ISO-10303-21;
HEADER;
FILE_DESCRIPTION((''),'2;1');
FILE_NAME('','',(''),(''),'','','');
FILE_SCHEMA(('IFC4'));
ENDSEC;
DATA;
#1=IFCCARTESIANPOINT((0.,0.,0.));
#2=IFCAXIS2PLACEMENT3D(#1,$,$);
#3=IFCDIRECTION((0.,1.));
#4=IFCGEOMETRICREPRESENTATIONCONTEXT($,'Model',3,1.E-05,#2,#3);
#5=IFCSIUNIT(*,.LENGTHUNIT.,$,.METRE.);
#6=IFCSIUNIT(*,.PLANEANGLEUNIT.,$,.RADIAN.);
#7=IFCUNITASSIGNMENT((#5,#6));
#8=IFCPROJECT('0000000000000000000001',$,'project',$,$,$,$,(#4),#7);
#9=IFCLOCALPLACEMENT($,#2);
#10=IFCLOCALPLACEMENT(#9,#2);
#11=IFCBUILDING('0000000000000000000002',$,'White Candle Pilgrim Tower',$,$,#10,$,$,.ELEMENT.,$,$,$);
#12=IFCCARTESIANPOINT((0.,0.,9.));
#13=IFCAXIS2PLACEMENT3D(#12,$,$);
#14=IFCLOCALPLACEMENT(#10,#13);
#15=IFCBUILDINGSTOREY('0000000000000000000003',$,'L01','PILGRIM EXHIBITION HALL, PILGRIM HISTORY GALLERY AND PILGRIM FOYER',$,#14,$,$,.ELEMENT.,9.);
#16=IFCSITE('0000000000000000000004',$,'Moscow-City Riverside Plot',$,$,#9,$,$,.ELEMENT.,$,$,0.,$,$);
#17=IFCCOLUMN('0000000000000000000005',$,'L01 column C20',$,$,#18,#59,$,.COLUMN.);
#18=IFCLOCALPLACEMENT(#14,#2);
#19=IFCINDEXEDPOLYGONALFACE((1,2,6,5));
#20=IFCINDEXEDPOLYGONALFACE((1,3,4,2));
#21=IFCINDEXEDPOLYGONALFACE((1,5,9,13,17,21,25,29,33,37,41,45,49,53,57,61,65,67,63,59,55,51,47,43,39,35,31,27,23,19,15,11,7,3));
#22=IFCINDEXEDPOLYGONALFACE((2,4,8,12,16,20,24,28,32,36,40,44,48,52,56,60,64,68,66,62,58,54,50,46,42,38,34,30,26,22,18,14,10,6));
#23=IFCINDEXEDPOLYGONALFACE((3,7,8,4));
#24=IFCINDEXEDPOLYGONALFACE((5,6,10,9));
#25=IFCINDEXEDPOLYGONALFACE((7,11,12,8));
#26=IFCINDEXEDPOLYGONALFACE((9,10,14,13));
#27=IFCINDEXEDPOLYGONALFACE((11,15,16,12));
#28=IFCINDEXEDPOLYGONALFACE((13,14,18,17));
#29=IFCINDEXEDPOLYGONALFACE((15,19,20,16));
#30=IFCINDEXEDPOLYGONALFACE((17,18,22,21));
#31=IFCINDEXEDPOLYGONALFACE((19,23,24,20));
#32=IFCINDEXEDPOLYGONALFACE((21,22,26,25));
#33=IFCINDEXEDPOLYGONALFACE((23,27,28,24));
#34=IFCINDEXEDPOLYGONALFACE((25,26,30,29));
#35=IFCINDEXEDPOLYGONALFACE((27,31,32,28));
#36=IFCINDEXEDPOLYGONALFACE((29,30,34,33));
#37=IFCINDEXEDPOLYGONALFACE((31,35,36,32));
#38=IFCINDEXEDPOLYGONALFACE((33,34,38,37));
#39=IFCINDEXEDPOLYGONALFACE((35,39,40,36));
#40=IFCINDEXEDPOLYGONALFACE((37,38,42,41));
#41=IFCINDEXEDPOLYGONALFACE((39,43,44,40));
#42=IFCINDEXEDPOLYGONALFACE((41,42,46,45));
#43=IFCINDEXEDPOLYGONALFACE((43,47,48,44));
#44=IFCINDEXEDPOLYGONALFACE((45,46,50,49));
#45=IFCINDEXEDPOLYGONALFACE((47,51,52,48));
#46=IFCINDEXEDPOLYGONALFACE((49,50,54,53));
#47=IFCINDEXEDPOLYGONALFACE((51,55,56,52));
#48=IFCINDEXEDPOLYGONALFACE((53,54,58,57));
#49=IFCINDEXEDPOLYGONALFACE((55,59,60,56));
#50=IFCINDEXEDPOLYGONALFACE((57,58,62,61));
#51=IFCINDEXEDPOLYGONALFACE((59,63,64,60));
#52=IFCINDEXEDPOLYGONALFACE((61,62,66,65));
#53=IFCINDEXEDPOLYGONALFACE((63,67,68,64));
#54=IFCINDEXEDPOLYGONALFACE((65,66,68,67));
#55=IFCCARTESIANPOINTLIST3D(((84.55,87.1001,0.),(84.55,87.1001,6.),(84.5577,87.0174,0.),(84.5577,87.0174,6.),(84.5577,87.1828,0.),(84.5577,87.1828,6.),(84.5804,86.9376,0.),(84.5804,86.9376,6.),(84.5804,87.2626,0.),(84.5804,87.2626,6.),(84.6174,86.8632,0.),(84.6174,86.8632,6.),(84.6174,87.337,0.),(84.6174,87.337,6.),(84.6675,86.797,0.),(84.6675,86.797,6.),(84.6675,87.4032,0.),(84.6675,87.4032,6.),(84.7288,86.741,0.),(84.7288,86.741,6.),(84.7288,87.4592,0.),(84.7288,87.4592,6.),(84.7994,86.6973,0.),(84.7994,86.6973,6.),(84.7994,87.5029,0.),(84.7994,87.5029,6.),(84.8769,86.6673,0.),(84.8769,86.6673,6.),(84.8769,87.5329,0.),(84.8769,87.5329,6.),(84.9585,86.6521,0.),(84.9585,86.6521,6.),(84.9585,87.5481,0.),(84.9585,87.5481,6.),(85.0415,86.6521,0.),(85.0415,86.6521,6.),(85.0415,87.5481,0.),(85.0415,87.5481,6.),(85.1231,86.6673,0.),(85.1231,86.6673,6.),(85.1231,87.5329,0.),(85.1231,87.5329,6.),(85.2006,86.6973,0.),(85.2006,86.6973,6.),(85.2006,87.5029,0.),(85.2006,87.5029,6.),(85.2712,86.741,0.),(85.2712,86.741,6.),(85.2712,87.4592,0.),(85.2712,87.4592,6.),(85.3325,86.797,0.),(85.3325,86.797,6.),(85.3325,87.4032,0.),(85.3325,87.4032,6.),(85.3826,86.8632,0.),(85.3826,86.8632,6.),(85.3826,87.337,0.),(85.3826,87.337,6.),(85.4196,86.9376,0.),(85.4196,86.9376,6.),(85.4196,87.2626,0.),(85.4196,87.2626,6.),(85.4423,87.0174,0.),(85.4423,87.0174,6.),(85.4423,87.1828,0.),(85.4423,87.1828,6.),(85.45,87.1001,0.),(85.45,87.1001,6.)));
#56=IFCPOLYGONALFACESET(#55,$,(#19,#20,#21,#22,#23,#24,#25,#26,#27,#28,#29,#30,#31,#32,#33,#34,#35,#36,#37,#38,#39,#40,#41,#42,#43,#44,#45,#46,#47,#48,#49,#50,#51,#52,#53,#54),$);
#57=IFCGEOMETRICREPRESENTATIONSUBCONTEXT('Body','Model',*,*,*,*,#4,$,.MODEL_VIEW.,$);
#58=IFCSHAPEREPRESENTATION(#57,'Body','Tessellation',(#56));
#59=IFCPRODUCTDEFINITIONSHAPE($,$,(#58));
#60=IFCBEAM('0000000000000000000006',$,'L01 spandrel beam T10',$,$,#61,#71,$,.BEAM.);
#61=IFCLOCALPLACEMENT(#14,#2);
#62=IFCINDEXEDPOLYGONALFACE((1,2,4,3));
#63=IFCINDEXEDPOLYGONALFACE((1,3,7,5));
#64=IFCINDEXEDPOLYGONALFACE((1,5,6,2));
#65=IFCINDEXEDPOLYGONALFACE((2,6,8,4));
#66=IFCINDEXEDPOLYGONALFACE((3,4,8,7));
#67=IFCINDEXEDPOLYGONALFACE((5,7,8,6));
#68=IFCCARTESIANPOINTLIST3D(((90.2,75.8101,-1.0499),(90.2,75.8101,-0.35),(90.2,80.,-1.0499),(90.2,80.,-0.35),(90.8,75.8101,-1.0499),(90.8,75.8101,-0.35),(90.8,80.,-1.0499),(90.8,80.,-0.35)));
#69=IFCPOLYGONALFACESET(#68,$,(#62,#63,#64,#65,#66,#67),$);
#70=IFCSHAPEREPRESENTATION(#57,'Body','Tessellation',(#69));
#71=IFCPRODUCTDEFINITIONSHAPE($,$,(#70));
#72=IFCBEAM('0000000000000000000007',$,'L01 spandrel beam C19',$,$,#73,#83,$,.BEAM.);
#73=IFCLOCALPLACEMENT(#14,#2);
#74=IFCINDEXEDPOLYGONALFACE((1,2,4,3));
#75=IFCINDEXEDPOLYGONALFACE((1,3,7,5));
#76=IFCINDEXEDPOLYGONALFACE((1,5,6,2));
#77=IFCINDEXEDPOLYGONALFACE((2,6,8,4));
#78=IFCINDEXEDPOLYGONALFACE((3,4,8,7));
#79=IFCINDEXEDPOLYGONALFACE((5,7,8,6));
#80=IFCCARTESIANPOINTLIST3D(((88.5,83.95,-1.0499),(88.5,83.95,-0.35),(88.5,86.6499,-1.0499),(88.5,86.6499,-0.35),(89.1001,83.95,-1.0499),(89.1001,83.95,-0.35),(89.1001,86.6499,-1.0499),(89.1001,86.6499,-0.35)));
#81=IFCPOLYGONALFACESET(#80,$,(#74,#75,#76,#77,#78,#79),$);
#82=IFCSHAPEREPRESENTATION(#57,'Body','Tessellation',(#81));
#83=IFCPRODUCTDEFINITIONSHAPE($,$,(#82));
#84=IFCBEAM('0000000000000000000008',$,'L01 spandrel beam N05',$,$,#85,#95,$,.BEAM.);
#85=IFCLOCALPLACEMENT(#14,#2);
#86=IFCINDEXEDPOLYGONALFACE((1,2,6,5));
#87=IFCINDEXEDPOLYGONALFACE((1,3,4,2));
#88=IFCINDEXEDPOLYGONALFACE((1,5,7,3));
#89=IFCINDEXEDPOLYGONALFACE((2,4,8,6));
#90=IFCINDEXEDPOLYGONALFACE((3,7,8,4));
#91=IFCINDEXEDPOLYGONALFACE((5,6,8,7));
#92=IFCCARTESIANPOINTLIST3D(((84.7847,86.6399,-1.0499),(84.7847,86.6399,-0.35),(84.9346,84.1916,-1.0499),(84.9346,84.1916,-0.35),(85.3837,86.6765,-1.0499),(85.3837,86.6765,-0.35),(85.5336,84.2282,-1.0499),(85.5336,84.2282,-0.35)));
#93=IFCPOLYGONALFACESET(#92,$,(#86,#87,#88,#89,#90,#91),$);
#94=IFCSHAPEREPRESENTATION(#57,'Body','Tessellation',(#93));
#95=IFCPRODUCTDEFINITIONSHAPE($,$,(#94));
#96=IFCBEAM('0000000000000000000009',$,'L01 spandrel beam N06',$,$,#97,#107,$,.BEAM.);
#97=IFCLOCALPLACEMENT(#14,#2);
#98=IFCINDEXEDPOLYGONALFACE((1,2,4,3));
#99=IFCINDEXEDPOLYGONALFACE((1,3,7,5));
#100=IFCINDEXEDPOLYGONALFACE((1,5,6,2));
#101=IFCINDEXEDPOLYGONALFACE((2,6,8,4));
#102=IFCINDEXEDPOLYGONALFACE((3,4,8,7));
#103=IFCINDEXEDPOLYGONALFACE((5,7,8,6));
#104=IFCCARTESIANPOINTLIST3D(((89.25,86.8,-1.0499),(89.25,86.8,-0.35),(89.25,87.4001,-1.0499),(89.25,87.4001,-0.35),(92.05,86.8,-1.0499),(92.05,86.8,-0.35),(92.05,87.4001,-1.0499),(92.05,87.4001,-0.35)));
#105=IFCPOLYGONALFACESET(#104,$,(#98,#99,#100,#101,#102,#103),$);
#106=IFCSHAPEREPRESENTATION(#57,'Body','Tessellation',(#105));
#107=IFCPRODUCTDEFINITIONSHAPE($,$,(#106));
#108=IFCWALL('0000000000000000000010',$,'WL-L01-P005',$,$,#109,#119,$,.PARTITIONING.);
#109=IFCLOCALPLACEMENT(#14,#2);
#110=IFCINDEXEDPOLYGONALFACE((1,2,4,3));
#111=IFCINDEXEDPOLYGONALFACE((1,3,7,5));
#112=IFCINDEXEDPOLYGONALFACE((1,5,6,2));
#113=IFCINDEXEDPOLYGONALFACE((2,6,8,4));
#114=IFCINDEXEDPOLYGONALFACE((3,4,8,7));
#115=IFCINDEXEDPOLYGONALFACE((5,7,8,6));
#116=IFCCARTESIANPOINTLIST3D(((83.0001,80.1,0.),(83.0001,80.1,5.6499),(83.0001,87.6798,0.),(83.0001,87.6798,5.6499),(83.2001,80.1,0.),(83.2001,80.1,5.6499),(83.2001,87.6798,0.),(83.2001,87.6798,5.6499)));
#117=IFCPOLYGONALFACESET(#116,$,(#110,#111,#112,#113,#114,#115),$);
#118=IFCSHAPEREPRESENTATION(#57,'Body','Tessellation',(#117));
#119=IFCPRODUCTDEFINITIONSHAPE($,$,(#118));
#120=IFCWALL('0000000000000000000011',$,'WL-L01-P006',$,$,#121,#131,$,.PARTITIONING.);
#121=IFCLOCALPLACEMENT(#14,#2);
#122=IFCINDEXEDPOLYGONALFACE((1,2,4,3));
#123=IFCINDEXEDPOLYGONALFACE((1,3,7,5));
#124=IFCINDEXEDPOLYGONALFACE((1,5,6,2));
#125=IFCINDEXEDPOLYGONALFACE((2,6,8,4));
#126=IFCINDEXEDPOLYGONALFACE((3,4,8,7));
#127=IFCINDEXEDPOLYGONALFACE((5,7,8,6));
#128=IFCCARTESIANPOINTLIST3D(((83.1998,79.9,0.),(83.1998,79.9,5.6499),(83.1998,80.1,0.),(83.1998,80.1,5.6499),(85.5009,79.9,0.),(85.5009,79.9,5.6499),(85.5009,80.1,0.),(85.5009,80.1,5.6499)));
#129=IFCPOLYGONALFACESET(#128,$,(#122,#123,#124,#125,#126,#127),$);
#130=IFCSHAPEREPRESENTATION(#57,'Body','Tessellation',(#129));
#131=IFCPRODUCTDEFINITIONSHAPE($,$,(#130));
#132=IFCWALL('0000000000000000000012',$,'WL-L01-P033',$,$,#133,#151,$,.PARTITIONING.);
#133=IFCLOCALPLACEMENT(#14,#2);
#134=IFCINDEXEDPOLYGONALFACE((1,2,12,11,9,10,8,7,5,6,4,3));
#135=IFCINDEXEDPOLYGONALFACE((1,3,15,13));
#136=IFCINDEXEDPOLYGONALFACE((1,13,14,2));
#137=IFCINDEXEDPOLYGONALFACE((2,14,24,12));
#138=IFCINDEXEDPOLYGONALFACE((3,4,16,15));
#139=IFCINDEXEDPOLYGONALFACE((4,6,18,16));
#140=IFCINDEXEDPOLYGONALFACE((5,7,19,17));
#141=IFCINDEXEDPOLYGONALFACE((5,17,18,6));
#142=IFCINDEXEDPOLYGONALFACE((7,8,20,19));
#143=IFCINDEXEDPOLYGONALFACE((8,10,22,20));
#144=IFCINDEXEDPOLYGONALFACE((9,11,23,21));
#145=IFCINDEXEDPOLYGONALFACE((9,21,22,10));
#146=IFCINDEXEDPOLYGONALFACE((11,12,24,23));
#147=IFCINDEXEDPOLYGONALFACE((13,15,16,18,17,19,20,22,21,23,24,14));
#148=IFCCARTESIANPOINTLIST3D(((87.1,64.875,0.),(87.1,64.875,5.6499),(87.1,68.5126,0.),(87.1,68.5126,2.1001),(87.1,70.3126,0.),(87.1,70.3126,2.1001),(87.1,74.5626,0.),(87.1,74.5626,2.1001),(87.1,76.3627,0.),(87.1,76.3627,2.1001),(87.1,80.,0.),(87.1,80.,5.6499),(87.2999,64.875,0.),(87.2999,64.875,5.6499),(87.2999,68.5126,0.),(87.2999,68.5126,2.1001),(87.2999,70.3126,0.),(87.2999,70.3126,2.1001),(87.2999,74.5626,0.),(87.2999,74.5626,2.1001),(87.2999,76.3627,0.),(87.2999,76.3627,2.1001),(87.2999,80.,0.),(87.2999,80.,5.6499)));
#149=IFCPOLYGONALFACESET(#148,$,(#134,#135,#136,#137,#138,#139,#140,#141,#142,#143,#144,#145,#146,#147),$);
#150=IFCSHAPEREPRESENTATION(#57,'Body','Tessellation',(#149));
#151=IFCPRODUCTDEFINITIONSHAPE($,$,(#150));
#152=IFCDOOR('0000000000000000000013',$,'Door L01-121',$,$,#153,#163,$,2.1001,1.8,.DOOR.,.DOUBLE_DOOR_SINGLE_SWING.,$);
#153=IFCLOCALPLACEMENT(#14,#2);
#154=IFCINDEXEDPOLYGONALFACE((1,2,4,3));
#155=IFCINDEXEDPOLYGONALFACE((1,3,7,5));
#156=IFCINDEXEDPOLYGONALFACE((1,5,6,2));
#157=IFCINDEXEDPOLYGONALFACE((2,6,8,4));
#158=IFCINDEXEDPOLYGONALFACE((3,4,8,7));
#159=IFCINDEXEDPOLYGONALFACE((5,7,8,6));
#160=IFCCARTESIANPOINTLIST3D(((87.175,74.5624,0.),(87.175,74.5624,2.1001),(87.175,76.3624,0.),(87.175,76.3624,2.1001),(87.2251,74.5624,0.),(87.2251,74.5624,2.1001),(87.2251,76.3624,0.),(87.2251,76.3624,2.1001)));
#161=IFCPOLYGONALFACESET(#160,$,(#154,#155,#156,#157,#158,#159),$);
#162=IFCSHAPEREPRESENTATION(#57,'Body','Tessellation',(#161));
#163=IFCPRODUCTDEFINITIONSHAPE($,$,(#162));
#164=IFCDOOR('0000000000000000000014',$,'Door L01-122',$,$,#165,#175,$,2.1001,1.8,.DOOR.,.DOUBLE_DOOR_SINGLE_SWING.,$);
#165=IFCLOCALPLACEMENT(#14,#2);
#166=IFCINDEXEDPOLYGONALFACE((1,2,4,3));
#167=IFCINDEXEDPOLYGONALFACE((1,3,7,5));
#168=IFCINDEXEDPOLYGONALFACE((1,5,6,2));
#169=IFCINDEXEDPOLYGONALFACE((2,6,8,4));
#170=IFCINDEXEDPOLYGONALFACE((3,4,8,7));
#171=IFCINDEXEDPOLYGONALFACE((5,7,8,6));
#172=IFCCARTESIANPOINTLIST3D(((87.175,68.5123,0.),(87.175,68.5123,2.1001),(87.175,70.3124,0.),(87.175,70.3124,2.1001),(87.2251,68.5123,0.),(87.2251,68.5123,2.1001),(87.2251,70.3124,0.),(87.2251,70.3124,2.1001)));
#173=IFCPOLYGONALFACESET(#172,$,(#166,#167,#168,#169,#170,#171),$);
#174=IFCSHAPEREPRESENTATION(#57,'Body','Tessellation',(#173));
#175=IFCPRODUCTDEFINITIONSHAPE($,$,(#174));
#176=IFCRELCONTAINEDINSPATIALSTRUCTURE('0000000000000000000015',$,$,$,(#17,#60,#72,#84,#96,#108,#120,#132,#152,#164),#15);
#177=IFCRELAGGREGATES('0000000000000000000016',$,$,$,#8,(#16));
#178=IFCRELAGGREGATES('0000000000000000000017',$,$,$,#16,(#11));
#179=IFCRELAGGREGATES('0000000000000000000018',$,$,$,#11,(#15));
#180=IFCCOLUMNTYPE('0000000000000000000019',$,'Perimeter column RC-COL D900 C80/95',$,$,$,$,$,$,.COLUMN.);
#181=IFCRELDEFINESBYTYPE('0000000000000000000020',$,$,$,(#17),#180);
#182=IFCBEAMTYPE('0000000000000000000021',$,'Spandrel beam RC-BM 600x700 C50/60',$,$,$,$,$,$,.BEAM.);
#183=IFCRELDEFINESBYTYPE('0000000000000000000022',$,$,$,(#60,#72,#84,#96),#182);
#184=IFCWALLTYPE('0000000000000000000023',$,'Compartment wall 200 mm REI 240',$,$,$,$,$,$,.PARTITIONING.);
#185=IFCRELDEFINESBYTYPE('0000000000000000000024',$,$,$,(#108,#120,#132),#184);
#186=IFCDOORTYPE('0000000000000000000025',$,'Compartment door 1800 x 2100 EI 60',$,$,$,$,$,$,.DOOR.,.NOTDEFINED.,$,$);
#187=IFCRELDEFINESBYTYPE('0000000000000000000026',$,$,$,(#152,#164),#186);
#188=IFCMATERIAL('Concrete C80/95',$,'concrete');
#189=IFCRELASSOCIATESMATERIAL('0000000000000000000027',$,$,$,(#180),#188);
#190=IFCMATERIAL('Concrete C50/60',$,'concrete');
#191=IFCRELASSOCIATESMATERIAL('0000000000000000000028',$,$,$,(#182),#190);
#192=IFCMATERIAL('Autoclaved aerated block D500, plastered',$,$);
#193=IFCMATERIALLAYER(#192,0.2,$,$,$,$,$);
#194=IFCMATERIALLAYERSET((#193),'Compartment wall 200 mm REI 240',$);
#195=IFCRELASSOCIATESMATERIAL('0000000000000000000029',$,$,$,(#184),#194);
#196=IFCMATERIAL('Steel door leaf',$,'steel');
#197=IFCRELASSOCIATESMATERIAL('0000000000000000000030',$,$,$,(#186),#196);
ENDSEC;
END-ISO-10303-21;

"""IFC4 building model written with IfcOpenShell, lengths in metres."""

from ifc_helpers import new_model, si_unit, direction, frame, frame_2d, origin, origin_2d, place, context, subcontext, project, spatial, rectangle, circle, extrude, material, layer, layer_set, material_profile, profile_set, type_object, element, fill, save


model = new_model("IFC4")

# Units and contexts
model_context = context("Model", 3, precision=1e-05, world=origin(), true_north=direction((0.0, 1.0)))
body_context = subcontext(model_context, "Body", "Model", "MODEL_VIEW")
ifc_project = project(units=[si_unit("LENGTHUNIT", "METRE"), si_unit("PLANEANGLEUNIT", "RADIAN")], contexts=[model_context])

# Site, building, storey
site_placement = place(None, origin())
site = spatial("IfcSite", under=ifc_project, at=site_placement, Name="Moscow-City Riverside Plot", CompositionType="ELEMENT", RefElevation=0.0)
building_placement = place(site_placement, origin())
building = spatial("IfcBuilding", under=site, at=building_placement, Name="White Candle Pilgrim Tower", CompositionType="ELEMENT")
storey_placement = place(building_placement, frame((0.0, 0.0, 9.0)))
storey = spatial("IfcBuildingStorey", under=building, at=storey_placement, Name="L01", Description="PILGRIM EXHIBITION HALL, PILGRIM HISTORY GALLERY AND PILGRIM FOYER", CompositionType="ELEMENT", Elevation=9.0)

# Column
ifc_material_1 = material(Name="Concrete C80/95", Category="concrete")
ifc_material_profile_1 = material_profile(ifc_material_1, circle(Radius=0.45, at=origin_2d()), Name="RC-COL D900")
ifc_profile_set_1 = profile_set([ifc_material_profile_1], Name="Concrete C80/95")
column_type = type_object("IfcColumnType", Name="Perimeter column RC-COL D900 C80/95", PredefinedType="COLUMN", material=ifc_profile_set_1)
for number, where, z_axis, x_axis, name in (
    (1, (85.0, 87.1001, 0.0), (0.0, 0.0, 1.0), (1.0, 0.0, 0.0), "L01 column C20"),
):
    element("IfcColumn", number, at=place(storey_placement, frame(where, z_axis=z_axis, x_axis=x_axis)), inside=storey, type_object=column_type, Name=name, PredefinedType="COLUMN", context=body_context, shape_type="SweptSolid", body=[
        extrude(circle(Radius=0.45, at=origin_2d()), origin(), (0.0, 0.0, 1.0), 6.0),
    ])

# Beams
ifc_material_2 = material(Name="Concrete C50/60", Category="concrete")
ifc_material_profile_2 = material_profile(ifc_material_2, rectangle(XDim=0.6001, YDim=0.7, at=origin_2d()), Name="RC-BM 600x700")
ifc_profile_set_2 = profile_set([ifc_material_profile_2], Name="Concrete C50/60")
beam_type = type_object("IfcBeamType", Name="Spandrel beam RC-BM 600x700 C50/60", PredefinedType="BEAM", material=ifc_profile_set_2)
beam_1_placement = place(storey_placement, frame((90.5, 75.8101, -0.7), z_axis=(0.0, 1.0, 0.0), x_axis=(-1.0, 0.0, 0.0)))
element("IfcBeam", 2, at=beam_1_placement, inside=storey, type_object=beam_type, Name="L01 spandrel beam T10", PredefinedType="BEAM", context=body_context, shape_type="SweptSolid", body=[
    extrude(rectangle(XDim=0.6001, YDim=0.7, at=origin_2d()), origin(), (0.0, 0.0, 1.0), 4.1899),
])
beam_2_placement = place(storey_placement, frame((88.8, 86.6499, -0.7), z_axis=(0.0, -1.0, 0.0), x_axis=(1.0, 0.0, 0.0)))
element("IfcBeam", 3, at=beam_2_placement, inside=storey, type_object=beam_type, Name="L01 spandrel beam C19", PredefinedType="BEAM", context=body_context, shape_type="SweptSolid", body=[
    extrude(rectangle(XDim=0.6001, YDim=0.7, at=origin_2d()), origin(), (0.0, 0.0, 1.0), 2.7),
])
beam_3_placement = place(storey_placement, frame((85.0842, 86.6582, -0.7), z_axis=(0.061114, -0.998131, 0.0), x_axis=(0.998131, 0.061114, 0.0)))
element("IfcBeam", 4, at=beam_3_placement, inside=storey, type_object=beam_type, Name="L01 spandrel beam N05", PredefinedType="BEAM", context=body_context, shape_type="SweptSolid", body=[
    extrude(rectangle(XDim=0.6001, YDim=0.7, at=origin_2d()), origin(), (0.0, 0.0, 1.0), 2.4529),
])
beam_4_placement = place(storey_placement, frame((89.25, 87.1001, -0.7), z_axis=(1.0, 0.0, 0.0), x_axis=(0.0, 1.0, 0.0)))
element("IfcBeam", 5, at=beam_4_placement, inside=storey, type_object=beam_type, Name="L01 spandrel beam N06", PredefinedType="BEAM", context=body_context, shape_type="SweptSolid", body=[
    extrude(rectangle(XDim=0.6001, YDim=0.7, at=origin_2d()), origin(), (0.0, 0.0, 1.0), 2.8),
])

# Walls
ifc_material_3 = material(Name="Autoclaved aerated block D500, plastered")
ifc_layer_1 = layer(ifc_material_3, 0.2)
ifc_layer_set_1 = layer_set([ifc_layer_1], Name="Compartment wall 200 mm REI 240")
wall_type_1 = type_object("IfcWallType", Name="Compartment wall 200 mm REI 240", PredefinedType="PARTITIONING", material=ifc_layer_set_1)
wall_1_placement = place(storey_placement, frame((83.1001, 87.6799, 0.0), z_axis=(0.0, 0.0, 1.0), x_axis=(0.0, -1.0, 0.0)))
element("IfcWall", 6, at=wall_1_placement, inside=storey, type_object=wall_type_1, Name="WL-L01-P005", PredefinedType="PARTITIONING", context=body_context, shape_type="SweptSolid", body=[
    extrude(rectangle(XDim=7.5798, YDim=0.2, at=frame_2d((3.79, 0.0))), origin(), (0.0, 0.0, 1.0), 5.6499),
])
wall_2_placement = place(storey_placement, frame((83.2, 80.0, 0.0), z_axis=(0.0, 0.0, 1.0), x_axis=(1.0, 0.0, 0.0)))
element("IfcWall", 7, at=wall_2_placement, inside=storey, type_object=wall_type_1, Name="WL-L01-P006", PredefinedType="PARTITIONING", context=body_context, shape_type="SweptSolid", body=[
    extrude(rectangle(XDim=2.301, YDim=0.2, at=frame_2d((1.1504, 0.0))), origin(), (0.0, 0.0, 1.0), 5.6499),
])

# Wall, openings, doors
wall_3_placement = place(storey_placement, frame((87.2, 80.0, 0.0), z_axis=(0.0, 0.0, 1.0), x_axis=(0.0, -1.0, 0.0)))
wall_3 = element("IfcWall", 8, at=wall_3_placement, inside=storey, type_object=wall_type_1, Name="WL-L01-P033", PredefinedType="PARTITIONING", context=body_context, shape_type="SweptSolid", body=[
    extrude(rectangle(XDim=15.125, YDim=0.2, at=frame_2d((7.5625, 0.0))), origin(), (0.0, 0.0, 1.0), 5.6499),
])
opening_1_placement = place(wall_3_placement, frame((3.6375, 0.0, 0.0)))
opening_1 = element("IfcOpeningElement", 9, at=opening_1_placement, cuts=wall_3, PredefinedType="OPENING", context=body_context, shape_type="SweptSolid", body=[
    extrude(rectangle(XDim=1.8, YDim=2.1001, at=frame_2d((0.8999, 1.05))), frame((0.0, 0.1099, 0.0), z_axis=(0.0, -1.0, 0.0), x_axis=(1.0, 0.0, 0.0)), (0.0, 0.0, 1.0), 0.22),
])
opening_2_placement = place(wall_3_placement, frame((9.6875, 0.0, 0.0)))
opening_2 = element("IfcOpeningElement", 10, at=opening_2_placement, cuts=wall_3, PredefinedType="OPENING", context=body_context, shape_type="SweptSolid", body=[
    extrude(rectangle(XDim=1.8, YDim=2.1001, at=frame_2d((0.8999, 1.05))), frame((0.0, 0.1099, 0.0), z_axis=(0.0, -1.0, 0.0), x_axis=(1.0, 0.0, 0.0)), (0.0, 0.0, 1.0), 0.22),
])
ifc_material_4 = material(Name="Steel door leaf", Category="steel")
door_type_1 = type_object("IfcDoorType", Name="Compartment door 1800 x 2100 EI 60", OperationType="NOTDEFINED", PredefinedType="DOOR", material=ifc_material_4)
door_1_placement = place(opening_1_placement, frame((1.8, 0.0, 0.0), z_axis=(0.0, 0.0, 1.0), x_axis=(-1.0, 0.0, 0.0)))
door_1 = element("IfcDoor", 11, at=door_1_placement, inside=storey, type_object=door_type_1, Name="Door L01-121", OperationType="DOUBLE_DOOR_SINGLE_SWING", OverallHeight=2.1001, OverallWidth=1.8, PredefinedType="DOOR", context=body_context, shape_type="SweptSolid", body=[
    extrude(rectangle(XDim=1.8, YDim=2.1001, at=frame_2d((0.8999, 1.05))), frame((0.0, 0.0249, 0.0), z_axis=(0.0, -1.0, 0.0), x_axis=(1.0, 0.0, 0.0)), (0.0, 0.0, 1.0), 0.05),
])
fill(opening_1, door_1)
door_2_placement = place(opening_2_placement, frame((1.8, 0.0, 0.0), z_axis=(0.0, 0.0, 1.0), x_axis=(-1.0, 0.0, 0.0)))
door_2 = element("IfcDoor", 12, at=door_2_placement, inside=storey, type_object=door_type_1, Name="Door L01-122", OperationType="DOUBLE_DOOR_SINGLE_SWING", OverallHeight=2.1001, OverallWidth=1.8, PredefinedType="DOOR", context=body_context, shape_type="SweptSolid", body=[
    extrude(rectangle(XDim=1.8, YDim=2.1001, at=frame_2d((0.8999, 1.05))), frame((0.0, 0.0249, 0.0), z_axis=(0.0, -1.0, 0.0), x_axis=(1.0, 0.0, 0.0)), (0.0, 0.0, 1.0), 0.05),
])
fill(opening_2, door_2)

save(model, "model.ifc")
